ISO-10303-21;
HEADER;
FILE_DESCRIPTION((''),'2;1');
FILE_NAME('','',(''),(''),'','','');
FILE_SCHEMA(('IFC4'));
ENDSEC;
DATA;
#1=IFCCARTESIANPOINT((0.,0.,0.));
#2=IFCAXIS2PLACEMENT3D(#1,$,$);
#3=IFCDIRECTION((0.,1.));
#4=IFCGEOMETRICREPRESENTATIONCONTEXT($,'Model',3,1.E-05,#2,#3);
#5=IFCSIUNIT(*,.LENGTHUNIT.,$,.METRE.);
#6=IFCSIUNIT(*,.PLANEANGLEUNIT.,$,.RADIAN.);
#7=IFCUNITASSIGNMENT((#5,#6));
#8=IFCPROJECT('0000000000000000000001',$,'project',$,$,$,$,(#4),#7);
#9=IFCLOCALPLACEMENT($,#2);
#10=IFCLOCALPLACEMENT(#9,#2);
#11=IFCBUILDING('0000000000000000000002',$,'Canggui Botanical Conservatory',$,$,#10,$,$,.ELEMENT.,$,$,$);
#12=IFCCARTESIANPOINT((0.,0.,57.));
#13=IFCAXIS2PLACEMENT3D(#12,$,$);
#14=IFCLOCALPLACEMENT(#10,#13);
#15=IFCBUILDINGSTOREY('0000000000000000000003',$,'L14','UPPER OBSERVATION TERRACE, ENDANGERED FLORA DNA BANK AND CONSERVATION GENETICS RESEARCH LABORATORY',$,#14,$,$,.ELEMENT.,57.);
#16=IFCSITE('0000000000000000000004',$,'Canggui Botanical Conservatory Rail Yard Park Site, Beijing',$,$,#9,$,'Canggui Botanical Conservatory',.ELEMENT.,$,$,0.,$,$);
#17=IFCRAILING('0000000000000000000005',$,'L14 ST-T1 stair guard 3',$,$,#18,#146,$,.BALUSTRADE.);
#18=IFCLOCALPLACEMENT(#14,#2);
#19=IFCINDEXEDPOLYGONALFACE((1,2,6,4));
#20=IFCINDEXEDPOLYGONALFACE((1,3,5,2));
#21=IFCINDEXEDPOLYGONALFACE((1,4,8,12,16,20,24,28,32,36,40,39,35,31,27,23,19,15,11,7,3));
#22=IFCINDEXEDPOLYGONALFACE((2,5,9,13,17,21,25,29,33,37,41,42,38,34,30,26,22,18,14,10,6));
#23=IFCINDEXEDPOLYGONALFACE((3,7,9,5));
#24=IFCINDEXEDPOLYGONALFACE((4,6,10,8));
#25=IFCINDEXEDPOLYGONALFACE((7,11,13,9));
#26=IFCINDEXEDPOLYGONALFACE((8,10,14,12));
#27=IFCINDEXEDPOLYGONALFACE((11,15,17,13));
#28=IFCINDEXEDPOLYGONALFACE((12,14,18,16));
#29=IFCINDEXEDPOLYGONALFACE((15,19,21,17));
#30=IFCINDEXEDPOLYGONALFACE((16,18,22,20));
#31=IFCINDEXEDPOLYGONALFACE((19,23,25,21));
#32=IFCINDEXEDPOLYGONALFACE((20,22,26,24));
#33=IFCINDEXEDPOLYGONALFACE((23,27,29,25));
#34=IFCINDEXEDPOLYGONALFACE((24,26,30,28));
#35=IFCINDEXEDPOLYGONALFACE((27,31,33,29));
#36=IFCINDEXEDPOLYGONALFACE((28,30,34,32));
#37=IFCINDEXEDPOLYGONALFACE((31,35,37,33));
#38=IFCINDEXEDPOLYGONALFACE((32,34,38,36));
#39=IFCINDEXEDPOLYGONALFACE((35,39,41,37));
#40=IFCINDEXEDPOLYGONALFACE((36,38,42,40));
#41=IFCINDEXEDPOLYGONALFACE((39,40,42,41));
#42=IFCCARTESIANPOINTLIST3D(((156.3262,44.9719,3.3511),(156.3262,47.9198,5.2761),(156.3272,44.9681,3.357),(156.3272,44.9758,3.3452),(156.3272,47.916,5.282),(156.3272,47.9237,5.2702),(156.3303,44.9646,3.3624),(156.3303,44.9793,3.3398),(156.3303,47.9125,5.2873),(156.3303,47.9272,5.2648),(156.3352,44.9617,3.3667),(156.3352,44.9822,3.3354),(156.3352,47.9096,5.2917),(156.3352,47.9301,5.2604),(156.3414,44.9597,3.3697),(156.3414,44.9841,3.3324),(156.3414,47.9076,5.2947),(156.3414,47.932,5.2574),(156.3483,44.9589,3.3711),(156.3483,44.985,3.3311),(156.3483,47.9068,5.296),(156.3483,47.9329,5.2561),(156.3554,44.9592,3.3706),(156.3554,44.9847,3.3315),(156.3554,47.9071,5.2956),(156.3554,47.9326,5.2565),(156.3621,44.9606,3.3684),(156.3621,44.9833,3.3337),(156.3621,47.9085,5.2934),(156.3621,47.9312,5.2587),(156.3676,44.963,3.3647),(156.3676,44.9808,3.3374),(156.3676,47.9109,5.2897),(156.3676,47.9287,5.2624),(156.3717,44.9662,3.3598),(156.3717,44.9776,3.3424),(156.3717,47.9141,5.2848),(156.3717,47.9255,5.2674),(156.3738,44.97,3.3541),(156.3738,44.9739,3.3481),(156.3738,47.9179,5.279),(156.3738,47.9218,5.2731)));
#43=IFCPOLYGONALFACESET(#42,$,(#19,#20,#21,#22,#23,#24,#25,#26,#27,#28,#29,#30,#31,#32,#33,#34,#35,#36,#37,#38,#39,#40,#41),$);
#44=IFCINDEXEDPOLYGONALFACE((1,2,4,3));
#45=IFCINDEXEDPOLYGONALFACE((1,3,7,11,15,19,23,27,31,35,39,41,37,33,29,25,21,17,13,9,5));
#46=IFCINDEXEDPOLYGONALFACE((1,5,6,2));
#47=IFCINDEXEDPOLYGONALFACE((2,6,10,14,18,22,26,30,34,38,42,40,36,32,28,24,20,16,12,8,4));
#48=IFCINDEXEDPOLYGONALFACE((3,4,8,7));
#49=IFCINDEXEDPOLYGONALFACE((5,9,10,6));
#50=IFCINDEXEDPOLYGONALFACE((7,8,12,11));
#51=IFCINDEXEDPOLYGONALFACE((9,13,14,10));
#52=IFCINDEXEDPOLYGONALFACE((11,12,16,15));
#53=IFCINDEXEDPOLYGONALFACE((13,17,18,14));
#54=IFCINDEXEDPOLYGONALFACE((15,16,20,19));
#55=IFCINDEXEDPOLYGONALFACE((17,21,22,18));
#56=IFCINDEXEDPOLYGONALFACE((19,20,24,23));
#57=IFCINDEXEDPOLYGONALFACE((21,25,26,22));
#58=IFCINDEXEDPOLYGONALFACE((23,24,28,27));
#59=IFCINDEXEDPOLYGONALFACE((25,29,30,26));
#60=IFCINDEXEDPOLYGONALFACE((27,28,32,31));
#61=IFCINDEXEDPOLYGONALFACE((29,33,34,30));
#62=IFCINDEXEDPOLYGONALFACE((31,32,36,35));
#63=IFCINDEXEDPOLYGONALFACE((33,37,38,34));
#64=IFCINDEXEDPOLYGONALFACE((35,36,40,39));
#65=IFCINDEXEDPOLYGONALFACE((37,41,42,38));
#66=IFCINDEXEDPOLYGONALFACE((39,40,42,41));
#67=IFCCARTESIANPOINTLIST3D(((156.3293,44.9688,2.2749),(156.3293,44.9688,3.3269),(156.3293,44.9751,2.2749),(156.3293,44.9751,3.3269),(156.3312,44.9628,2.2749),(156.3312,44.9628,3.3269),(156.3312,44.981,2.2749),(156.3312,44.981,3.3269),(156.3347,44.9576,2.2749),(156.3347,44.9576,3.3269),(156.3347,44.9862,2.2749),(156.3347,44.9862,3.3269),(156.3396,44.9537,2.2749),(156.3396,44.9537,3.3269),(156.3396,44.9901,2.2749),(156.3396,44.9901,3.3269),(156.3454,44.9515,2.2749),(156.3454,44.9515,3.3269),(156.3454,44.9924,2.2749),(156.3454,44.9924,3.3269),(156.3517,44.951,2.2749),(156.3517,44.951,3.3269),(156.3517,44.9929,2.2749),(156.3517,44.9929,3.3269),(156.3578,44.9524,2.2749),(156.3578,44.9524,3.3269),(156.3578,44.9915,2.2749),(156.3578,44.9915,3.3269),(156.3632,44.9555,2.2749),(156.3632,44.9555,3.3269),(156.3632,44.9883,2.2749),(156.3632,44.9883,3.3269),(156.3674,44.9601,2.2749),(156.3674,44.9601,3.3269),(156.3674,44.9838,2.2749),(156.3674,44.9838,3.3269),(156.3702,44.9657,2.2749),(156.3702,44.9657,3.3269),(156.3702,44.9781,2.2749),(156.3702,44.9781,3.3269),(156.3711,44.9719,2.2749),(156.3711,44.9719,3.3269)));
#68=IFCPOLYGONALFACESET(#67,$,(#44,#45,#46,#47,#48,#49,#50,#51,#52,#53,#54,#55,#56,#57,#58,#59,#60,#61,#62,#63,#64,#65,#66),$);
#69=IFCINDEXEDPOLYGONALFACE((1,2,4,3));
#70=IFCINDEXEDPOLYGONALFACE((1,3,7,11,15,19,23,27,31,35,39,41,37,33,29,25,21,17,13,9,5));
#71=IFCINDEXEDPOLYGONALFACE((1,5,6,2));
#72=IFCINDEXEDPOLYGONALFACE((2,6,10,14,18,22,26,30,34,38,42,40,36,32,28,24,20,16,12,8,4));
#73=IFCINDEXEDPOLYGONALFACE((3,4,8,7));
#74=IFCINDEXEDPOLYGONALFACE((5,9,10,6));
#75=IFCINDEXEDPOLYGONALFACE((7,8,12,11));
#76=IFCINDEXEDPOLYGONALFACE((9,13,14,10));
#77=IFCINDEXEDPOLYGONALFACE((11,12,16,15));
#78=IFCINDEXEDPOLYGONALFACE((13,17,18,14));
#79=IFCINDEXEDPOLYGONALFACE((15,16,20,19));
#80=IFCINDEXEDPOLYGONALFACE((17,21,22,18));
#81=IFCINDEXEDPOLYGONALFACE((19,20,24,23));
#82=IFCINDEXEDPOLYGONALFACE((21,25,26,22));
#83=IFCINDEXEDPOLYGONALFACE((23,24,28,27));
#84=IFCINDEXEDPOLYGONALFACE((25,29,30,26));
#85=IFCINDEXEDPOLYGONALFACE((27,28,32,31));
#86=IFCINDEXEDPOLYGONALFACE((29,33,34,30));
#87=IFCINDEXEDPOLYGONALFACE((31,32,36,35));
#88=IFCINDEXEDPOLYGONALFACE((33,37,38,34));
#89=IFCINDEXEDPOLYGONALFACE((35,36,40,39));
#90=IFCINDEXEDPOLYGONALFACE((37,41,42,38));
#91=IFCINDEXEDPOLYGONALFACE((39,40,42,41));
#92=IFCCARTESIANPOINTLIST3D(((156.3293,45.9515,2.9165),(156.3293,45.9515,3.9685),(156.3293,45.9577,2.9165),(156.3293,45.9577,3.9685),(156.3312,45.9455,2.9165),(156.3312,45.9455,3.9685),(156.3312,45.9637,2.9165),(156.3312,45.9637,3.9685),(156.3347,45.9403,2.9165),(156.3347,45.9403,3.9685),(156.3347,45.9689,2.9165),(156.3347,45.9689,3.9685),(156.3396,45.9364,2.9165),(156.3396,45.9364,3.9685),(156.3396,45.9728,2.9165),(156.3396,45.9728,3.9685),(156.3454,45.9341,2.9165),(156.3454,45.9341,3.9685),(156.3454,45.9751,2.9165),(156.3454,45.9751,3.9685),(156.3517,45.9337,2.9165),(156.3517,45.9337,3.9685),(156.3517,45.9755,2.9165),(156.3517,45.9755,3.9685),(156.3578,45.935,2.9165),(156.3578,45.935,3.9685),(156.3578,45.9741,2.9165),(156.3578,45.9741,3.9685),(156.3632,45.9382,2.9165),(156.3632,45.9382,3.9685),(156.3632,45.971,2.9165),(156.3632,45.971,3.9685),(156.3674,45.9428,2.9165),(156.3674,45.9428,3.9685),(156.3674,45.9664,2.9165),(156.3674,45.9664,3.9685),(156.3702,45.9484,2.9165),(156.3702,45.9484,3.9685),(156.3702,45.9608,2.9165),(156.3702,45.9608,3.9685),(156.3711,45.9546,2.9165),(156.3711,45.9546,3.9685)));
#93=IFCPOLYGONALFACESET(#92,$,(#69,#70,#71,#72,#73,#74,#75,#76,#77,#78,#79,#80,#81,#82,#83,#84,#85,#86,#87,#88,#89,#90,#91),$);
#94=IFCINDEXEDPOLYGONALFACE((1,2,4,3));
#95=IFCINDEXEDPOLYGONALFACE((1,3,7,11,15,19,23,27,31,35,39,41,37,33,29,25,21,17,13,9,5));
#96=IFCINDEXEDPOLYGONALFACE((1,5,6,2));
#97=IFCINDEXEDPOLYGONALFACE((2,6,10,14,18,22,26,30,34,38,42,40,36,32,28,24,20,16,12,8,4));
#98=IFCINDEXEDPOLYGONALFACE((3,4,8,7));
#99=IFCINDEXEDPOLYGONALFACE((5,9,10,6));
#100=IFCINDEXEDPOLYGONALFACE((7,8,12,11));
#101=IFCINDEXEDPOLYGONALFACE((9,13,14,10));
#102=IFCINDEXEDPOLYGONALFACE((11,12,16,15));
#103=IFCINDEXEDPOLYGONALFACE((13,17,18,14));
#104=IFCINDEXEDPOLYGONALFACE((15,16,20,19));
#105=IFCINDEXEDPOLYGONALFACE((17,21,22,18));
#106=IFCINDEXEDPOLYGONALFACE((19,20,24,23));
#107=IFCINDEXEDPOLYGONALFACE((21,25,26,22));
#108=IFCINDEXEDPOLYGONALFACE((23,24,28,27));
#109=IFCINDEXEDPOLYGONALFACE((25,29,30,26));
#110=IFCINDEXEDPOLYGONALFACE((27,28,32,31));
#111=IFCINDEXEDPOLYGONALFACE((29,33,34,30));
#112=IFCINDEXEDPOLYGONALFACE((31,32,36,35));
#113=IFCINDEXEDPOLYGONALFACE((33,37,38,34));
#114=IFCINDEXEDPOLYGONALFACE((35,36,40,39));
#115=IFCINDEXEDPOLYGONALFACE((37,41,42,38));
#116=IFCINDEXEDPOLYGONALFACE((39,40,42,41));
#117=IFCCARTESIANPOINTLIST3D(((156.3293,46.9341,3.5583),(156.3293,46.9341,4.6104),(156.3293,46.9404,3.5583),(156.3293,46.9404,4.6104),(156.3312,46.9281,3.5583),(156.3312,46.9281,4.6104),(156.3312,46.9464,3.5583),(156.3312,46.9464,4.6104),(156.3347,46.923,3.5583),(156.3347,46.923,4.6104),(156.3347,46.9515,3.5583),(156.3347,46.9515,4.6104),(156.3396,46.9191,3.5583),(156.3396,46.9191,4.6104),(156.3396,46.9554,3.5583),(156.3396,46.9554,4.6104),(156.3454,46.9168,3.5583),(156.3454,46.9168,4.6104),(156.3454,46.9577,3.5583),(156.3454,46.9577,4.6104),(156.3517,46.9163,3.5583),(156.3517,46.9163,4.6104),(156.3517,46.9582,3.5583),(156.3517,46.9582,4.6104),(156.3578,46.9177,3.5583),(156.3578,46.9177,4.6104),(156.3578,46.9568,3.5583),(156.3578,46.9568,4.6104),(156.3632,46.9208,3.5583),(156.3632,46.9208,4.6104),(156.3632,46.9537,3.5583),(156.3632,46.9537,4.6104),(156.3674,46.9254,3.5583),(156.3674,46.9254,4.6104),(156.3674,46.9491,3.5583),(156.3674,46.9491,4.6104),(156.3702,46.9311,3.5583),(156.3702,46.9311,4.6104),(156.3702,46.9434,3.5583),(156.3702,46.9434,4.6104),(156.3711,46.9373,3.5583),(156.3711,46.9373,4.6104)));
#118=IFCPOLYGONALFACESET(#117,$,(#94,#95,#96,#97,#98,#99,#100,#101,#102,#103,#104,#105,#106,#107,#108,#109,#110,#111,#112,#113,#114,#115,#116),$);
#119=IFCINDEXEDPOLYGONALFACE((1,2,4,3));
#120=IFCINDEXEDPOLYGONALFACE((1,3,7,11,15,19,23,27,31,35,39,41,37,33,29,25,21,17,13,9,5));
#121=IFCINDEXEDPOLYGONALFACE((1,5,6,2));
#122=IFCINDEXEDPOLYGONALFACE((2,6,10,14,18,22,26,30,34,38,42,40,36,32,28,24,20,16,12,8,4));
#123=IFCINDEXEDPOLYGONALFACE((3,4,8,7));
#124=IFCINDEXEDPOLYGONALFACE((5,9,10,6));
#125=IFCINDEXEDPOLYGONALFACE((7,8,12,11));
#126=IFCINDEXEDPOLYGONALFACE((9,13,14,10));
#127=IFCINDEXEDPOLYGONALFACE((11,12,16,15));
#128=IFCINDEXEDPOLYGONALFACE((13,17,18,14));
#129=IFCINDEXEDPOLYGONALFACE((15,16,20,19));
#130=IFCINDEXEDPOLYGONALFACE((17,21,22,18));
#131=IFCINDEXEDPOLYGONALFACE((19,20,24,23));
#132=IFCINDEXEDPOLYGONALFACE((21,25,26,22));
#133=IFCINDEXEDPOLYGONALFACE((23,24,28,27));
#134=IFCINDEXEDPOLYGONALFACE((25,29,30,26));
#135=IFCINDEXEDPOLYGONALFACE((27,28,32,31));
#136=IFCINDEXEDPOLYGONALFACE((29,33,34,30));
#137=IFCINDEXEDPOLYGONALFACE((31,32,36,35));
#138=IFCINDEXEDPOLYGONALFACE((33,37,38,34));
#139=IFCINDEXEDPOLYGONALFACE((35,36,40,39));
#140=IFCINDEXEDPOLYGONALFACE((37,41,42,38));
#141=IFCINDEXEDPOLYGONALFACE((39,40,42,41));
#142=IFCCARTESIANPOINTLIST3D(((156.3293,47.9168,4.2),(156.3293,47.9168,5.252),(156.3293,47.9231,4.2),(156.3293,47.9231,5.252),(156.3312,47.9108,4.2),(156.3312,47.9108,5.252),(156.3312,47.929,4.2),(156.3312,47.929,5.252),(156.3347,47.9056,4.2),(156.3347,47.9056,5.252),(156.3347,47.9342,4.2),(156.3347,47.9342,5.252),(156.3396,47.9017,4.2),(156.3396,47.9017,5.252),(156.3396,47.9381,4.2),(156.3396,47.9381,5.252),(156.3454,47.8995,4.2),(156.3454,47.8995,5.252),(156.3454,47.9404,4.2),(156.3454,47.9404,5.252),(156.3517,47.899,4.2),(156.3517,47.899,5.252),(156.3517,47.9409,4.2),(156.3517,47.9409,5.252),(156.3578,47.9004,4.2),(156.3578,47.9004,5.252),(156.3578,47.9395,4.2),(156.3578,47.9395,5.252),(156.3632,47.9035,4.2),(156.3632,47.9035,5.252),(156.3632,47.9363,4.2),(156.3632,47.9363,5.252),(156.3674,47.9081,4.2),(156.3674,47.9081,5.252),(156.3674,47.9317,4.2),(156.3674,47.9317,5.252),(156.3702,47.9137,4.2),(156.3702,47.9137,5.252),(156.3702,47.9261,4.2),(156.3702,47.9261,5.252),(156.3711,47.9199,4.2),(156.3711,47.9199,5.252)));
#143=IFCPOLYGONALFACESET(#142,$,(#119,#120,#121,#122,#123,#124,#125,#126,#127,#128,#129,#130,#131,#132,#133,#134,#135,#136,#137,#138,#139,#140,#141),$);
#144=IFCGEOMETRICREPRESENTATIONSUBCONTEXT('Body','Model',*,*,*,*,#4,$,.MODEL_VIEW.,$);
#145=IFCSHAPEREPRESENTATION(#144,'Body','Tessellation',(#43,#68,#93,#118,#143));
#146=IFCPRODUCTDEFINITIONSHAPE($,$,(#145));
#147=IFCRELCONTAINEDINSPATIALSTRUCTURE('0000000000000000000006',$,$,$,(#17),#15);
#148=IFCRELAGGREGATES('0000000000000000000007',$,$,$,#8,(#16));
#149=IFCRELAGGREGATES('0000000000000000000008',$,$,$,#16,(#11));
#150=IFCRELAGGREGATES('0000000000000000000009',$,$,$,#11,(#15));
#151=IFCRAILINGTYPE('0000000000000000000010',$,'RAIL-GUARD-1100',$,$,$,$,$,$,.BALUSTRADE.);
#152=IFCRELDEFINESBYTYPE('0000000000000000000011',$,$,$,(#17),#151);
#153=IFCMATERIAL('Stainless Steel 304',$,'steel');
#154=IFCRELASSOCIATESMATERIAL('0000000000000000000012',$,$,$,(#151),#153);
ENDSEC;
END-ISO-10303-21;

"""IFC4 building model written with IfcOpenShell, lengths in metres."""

from ifc_helpers import new_model, si_unit, direction, frame, origin, origin_2d, place, context, subcontext, project, spatial, circle, extrude, material, type_object, element, save


model = new_model("IFC4")

# Units and contexts
model_context = context("Model", 3, precision=1e-05, world=origin(), true_north=direction((0.0, 1.0)))
body_context = subcontext(model_context, "Body", "Model", "MODEL_VIEW")
ifc_project = project(units=[si_unit("LENGTHUNIT", "METRE"), si_unit("PLANEANGLEUNIT", "RADIAN")], contexts=[model_context])

# Site, building, storey
site_placement = place(None, origin())
site = spatial("IfcSite", under=ifc_project, at=site_placement, Name="Canggui Botanical Conservatory Rail Yard Park Site, Beijing", LongName="Canggui Botanical Conservatory", CompositionType="ELEMENT", RefElevation=0.0)
building_placement = place(site_placement, origin())
building = spatial("IfcBuilding", under=site, at=building_placement, Name="Canggui Botanical Conservatory", CompositionType="ELEMENT")
storey_placement = place(building_placement, frame((0.0, 0.0, 57.0)))
storey = spatial("IfcBuildingStorey", under=building, at=storey_placement, Name="L14", Description="UPPER OBSERVATION TERRACE, ENDANGERED FLORA DNA BANK AND CONSERVATION GENETICS RESEARCH LABORATORY", CompositionType="ELEMENT", Elevation=57.0)

# Shared definitions
ifc_material_1 = material(Name="Stainless Steel 304", Category="steel")

# Railing
railing_type_1 = type_object("IfcRailingType", Name="RAIL-GUARD-1100", PredefinedType="BALUSTRADE", material=ifc_material_1)
railing_1_placement = place(storey_placement, frame((156.3501, 44.9719, 2.2749)))
element("IfcRailing", 1, at=railing_1_placement, inside=storey, type_object=railing_type_1, Name="L14 ST-T1 stair guard 3", PredefinedType="BALUSTRADE", context=body_context, shape_type="SweptSolid", body=[
    extrude(circle(Radius=0.0239, at=origin_2d()), frame((0.0, 0.0, 1.0762), z_axis=(0.0, 0.837293, 0.546754), x_axis=(-1.0, 0.0, 0.0)), (0.0, 0.0, 1.0), 3.5208),
    extrude(circle(Radius=0.021, at=origin_2d()), origin(), (0.0, 0.0, 1.0), 1.052),
    extrude(circle(Radius=0.021, at=origin_2d()), frame((0.0, 0.9827, 0.6416)), (0.0, 0.0, 1.0), 1.052),
    extrude(circle(Radius=0.021, at=origin_2d()), frame((0.0, 1.9653, 1.2834)), (0.0, 0.0, 1.0), 1.052),
    extrude(circle(Radius=0.021, at=origin_2d()), frame((0.0, 2.948, 1.925)), (0.0, 0.0, 1.0), 1.052),
])

save(model, "model.ifc")
